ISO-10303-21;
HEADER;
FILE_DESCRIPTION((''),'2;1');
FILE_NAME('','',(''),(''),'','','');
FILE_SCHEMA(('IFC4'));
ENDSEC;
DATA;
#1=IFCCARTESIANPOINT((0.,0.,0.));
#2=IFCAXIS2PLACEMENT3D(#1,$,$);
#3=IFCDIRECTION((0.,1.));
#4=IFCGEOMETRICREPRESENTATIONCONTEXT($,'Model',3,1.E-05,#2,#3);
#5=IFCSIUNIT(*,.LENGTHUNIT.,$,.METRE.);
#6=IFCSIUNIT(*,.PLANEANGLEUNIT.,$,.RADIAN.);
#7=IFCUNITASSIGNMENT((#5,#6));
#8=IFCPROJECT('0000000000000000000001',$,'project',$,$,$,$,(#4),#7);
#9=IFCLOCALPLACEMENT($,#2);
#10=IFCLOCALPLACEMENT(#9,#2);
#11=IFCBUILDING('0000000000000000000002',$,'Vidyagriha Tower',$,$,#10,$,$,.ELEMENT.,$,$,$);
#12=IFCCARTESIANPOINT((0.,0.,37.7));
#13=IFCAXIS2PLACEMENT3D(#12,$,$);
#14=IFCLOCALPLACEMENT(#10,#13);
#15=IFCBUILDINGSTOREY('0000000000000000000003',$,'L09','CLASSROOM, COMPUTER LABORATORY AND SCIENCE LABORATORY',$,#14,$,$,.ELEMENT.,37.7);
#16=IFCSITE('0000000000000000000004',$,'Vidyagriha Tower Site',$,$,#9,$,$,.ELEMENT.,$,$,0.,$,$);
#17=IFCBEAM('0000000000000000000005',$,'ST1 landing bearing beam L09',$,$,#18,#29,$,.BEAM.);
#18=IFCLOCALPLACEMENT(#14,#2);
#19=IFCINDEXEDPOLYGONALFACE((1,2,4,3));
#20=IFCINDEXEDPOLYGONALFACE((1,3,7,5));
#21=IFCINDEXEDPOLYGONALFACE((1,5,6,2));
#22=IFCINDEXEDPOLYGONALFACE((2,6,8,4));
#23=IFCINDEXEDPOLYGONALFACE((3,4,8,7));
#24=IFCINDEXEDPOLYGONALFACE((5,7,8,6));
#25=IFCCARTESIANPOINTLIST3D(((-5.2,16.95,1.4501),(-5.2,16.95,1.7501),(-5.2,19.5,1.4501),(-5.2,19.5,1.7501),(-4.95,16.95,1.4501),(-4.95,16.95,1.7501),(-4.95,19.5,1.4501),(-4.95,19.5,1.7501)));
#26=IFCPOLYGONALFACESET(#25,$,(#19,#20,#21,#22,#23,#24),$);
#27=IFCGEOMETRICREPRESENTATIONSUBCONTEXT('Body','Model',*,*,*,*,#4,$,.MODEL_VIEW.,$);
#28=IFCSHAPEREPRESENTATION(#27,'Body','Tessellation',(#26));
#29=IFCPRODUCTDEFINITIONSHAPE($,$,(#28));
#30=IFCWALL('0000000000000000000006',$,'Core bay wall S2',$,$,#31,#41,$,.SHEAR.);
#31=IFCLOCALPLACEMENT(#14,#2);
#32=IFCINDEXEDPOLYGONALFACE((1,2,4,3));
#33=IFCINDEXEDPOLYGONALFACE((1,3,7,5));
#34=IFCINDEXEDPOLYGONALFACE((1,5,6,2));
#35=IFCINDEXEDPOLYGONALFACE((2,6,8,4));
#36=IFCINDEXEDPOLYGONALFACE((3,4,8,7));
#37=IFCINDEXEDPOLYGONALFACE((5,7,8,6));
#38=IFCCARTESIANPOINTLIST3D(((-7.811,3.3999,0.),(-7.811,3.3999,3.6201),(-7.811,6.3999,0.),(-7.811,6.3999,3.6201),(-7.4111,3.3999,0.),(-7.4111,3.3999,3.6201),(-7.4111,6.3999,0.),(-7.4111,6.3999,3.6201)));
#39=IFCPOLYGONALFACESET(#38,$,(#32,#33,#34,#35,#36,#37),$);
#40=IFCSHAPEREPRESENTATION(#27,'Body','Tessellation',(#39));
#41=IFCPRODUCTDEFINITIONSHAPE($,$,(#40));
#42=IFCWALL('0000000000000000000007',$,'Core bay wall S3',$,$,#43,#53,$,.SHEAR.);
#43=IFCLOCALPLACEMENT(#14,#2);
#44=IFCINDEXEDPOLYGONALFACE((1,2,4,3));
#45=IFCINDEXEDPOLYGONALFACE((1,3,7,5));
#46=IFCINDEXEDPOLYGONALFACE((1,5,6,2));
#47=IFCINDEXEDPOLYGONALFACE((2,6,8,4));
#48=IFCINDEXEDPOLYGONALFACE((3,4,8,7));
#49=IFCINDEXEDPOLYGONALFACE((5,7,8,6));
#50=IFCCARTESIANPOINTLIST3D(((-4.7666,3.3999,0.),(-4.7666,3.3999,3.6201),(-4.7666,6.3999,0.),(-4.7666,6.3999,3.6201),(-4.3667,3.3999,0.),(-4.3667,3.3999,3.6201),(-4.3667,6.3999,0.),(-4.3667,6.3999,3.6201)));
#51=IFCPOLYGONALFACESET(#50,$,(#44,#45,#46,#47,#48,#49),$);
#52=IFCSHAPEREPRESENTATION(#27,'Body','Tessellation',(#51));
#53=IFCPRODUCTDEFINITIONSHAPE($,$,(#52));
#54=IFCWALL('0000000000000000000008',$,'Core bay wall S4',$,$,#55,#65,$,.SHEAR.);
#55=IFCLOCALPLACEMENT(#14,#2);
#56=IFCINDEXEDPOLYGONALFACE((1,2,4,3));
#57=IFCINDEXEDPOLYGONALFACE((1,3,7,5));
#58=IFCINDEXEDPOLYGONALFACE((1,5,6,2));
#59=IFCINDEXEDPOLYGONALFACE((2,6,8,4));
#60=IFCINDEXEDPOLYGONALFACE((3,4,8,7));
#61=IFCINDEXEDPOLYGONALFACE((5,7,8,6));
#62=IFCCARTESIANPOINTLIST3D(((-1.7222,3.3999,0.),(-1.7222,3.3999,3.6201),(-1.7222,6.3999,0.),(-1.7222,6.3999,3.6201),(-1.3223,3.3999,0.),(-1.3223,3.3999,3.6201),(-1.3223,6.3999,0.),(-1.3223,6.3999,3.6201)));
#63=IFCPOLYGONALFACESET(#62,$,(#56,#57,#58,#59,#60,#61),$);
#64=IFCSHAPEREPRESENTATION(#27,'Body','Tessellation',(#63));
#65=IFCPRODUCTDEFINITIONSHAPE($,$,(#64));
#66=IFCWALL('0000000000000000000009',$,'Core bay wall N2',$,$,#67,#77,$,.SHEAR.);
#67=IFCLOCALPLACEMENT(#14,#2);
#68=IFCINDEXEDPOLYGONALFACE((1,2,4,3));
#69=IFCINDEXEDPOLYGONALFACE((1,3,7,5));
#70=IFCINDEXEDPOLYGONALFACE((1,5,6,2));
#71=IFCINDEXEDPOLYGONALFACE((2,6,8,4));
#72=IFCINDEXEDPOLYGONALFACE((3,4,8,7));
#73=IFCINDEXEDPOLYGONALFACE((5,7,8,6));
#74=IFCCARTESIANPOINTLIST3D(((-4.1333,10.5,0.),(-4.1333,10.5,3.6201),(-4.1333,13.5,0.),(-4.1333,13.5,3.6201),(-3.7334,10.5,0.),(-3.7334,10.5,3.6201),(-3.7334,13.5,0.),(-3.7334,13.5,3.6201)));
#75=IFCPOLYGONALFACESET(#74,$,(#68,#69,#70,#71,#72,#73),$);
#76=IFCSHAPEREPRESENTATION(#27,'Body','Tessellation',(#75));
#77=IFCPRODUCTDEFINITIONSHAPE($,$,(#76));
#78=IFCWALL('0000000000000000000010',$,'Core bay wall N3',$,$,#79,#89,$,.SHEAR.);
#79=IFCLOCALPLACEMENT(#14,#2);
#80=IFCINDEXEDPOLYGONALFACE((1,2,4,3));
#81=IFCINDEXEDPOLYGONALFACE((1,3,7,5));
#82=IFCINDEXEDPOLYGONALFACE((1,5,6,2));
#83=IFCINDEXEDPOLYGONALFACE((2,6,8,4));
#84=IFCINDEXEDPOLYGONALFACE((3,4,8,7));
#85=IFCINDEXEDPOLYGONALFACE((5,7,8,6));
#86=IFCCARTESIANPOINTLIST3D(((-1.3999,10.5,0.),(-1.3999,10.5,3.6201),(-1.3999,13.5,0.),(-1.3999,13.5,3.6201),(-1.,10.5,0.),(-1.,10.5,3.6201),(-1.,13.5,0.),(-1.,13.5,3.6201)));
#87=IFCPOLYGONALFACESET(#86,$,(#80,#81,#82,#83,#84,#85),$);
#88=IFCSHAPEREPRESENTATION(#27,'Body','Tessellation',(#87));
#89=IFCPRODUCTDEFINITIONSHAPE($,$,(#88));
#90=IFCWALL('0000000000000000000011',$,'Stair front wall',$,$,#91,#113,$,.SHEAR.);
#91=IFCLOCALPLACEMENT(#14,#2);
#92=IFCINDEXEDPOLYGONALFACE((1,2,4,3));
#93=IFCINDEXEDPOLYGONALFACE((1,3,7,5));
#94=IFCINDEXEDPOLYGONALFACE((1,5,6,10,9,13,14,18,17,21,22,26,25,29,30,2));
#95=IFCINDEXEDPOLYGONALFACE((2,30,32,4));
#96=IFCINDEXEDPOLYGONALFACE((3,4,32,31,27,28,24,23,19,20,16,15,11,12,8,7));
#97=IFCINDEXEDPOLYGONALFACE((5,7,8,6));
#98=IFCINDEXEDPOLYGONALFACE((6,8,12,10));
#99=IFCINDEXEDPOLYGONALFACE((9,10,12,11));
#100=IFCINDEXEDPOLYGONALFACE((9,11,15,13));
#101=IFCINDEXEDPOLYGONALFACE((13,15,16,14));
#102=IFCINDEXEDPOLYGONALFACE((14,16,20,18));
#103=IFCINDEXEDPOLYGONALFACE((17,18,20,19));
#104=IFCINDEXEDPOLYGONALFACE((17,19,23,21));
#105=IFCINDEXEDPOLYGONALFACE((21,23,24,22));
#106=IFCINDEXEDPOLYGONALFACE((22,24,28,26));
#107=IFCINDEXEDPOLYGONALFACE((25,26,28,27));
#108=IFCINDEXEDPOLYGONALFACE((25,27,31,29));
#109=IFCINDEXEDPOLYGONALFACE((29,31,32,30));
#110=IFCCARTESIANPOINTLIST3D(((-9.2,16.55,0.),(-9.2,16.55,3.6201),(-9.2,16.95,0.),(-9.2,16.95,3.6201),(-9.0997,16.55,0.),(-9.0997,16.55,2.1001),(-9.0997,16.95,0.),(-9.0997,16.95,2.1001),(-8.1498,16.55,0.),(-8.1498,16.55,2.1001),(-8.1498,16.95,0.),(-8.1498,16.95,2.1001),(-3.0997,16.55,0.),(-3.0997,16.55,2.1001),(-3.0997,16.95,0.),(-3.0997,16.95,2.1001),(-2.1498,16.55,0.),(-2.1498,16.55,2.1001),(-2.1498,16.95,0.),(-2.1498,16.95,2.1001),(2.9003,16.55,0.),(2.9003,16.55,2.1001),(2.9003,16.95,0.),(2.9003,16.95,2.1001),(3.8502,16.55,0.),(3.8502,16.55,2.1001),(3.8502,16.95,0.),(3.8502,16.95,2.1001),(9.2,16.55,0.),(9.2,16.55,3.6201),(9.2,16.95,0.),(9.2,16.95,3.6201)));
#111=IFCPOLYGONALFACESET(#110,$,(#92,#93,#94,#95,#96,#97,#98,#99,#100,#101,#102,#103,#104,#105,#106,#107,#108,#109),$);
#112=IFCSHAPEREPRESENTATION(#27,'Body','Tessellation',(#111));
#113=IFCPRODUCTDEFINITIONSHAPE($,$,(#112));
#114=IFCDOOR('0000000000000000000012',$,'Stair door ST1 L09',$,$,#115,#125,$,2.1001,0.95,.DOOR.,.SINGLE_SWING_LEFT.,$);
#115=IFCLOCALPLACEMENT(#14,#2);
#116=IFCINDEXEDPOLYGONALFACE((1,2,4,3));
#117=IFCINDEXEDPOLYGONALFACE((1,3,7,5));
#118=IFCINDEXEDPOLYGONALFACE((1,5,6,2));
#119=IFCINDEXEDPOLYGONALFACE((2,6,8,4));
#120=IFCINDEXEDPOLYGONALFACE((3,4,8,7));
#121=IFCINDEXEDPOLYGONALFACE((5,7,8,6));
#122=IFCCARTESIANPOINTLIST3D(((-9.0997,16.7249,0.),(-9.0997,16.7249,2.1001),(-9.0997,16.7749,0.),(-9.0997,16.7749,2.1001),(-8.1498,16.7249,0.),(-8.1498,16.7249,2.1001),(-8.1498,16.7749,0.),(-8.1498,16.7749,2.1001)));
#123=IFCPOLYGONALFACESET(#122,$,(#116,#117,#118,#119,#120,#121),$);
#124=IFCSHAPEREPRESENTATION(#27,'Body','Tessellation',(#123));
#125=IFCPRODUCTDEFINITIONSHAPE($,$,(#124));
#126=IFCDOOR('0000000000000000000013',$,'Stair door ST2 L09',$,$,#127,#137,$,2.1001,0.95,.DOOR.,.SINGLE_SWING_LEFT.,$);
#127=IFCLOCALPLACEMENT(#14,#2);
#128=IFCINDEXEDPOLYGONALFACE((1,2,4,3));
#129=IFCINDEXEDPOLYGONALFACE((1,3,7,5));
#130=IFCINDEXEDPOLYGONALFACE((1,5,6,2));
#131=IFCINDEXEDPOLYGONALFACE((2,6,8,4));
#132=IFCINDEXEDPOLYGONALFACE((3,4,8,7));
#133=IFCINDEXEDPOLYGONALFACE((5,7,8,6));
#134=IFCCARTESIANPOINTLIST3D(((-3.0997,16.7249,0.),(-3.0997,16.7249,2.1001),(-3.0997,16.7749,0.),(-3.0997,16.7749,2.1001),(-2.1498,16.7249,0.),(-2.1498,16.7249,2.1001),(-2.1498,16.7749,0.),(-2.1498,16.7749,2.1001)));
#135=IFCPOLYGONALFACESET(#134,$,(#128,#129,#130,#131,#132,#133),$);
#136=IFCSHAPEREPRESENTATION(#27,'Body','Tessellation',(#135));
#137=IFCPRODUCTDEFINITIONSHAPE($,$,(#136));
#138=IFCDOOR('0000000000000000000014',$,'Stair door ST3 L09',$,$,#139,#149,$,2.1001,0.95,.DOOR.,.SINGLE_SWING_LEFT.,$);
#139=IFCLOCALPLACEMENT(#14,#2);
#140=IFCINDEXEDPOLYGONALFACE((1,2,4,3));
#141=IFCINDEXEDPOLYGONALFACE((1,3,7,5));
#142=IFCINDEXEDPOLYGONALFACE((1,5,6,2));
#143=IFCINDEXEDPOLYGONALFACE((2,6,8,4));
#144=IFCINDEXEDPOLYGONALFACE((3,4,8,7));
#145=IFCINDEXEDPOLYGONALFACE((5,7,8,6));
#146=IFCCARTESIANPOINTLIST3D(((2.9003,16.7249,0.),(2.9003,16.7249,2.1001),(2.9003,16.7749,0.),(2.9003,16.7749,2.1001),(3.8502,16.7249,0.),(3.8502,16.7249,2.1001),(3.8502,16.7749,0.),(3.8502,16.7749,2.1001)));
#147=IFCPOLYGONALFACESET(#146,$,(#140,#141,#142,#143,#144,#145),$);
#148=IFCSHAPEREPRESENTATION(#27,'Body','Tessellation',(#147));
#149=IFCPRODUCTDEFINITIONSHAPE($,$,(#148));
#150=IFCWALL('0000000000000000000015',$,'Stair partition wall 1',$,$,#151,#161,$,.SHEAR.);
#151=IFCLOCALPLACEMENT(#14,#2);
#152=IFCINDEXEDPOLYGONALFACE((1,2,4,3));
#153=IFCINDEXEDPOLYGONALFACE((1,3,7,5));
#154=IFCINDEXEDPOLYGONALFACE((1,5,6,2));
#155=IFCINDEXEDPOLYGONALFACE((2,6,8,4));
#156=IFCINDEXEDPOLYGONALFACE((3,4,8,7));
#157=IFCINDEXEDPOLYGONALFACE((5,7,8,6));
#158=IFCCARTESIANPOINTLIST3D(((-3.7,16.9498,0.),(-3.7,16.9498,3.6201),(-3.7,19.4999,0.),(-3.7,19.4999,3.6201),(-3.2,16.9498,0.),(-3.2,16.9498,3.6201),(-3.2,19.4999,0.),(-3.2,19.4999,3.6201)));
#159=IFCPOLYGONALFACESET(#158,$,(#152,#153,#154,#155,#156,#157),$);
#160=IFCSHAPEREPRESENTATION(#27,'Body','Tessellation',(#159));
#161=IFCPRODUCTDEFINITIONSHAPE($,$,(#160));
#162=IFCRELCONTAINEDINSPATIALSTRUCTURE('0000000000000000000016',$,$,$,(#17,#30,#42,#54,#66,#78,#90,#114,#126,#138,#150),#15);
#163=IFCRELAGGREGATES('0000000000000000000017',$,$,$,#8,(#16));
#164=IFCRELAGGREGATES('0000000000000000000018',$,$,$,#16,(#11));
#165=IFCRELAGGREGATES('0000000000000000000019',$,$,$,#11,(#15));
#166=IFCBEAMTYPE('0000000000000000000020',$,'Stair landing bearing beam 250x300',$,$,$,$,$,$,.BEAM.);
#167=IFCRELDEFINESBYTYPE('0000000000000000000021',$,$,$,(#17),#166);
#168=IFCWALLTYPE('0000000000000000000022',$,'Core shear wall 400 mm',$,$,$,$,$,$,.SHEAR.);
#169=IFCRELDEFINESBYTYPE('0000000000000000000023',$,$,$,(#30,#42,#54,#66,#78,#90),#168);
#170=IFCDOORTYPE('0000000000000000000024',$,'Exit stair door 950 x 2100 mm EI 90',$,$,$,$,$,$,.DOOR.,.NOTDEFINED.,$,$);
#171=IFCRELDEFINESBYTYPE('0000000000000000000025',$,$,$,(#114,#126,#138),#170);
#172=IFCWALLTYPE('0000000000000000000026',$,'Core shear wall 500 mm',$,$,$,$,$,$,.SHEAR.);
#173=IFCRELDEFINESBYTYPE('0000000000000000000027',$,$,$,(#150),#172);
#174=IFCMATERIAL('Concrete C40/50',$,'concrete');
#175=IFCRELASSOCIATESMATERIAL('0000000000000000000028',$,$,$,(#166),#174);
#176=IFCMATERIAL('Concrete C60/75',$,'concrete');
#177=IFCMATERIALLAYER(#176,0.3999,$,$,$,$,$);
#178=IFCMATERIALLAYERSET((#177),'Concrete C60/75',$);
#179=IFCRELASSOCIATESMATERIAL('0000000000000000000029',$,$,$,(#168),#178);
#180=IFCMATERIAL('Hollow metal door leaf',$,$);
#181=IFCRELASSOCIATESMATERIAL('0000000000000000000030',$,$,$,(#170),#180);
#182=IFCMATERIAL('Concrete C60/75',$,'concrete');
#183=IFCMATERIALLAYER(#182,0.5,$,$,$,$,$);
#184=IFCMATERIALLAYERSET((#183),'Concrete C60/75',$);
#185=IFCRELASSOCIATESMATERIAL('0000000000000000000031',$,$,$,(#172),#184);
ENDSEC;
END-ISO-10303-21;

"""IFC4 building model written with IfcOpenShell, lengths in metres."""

from ifc_helpers import new_model, si_unit, direction, frame, frame_2d, origin, origin_2d, place, context, subcontext, project, spatial, rectangle, extrude, material, layer, layer_set, material_profile, profile_set, type_object, element, fill, save


model = new_model("IFC4")

# Units and contexts
model_context = context("Model", 3, precision=1e-05, world=origin(), true_north=direction((0.0, 1.0)))
body_context = subcontext(model_context, "Body", "Model", "MODEL_VIEW")
ifc_project = project(units=[si_unit("LENGTHUNIT", "METRE"), si_unit("PLANEANGLEUNIT", "RADIAN")], contexts=[model_context])

# Site, building, storey
site_placement = place(None, origin())
site = spatial("IfcSite", under=ifc_project, at=site_placement, Name="Vidyagriha Tower Site", CompositionType="ELEMENT", RefElevation=0.0)
building_placement = place(site_placement, origin())
building = spatial("IfcBuilding", under=site, at=building_placement, Name="Vidyagriha Tower", CompositionType="ELEMENT")
storey_placement = place(building_placement, frame((0.0, 0.0, 37.7)))
storey = spatial("IfcBuildingStorey", under=building, at=storey_placement, Name="L09", Description="CLASSROOM, COMPUTER LABORATORY AND SCIENCE LABORATORY", CompositionType="ELEMENT", Elevation=37.7)

# Beam
ifc_material_1 = material(Name="Concrete C40/50", Category="concrete")
ifc_material_profile = material_profile(ifc_material_1, rectangle(XDim=0.25, YDim=0.3, at=origin_2d()), Name="Stair landing bearing beam 250x300")
ifc_profile_set = profile_set([ifc_material_profile], Name="Concrete C40/50")
beam_type = type_object("IfcBeamType", Name="Stair landing bearing beam 250x300", PredefinedType="BEAM", material=ifc_profile_set)
beam_placement = place(storey_placement, frame((-5.075, 16.95, 1.6001), z_axis=(0.0, 1.0, 0.0), x_axis=(-1.0, 0.0, 0.0)))
element("IfcBeam", 1, at=beam_placement, inside=storey, type_object=beam_type, Name="ST1 landing bearing beam L09", PredefinedType="BEAM", context=body_context, shape_type="SweptSolid", body=[
    extrude(rectangle(XDim=0.25, YDim=0.3, at=origin_2d()), origin(), (0.0, 0.0, 1.0), 2.55),
])

# Walls
ifc_material_2 = material(Name="Concrete C60/75", Category="concrete")
ifc_layer_1 = layer(ifc_material_2, 0.3999)
ifc_layer_set_1 = layer_set([ifc_layer_1], Name="Concrete C60/75")
wall_type_1 = type_object("IfcWallType", Name="Core shear wall 400 mm", PredefinedType="SHEAR", material=ifc_layer_set_1)
for number, where, z_axis, x_axis, name in (
    (2, (-7.6111, 3.3999, 0.0), (0.0, 0.0, 1.0), (0.0, 1.0, 0.0), "Core bay wall S2"),
    (3, (-4.5667, 3.3999, 0.0), (0.0, 0.0, 1.0), (0.0, 1.0, 0.0), "Core bay wall S3"),
    (4, (-1.5222, 3.3999, 0.0), (0.0, 0.0, 1.0), (0.0, 1.0, 0.0), "Core bay wall S4"),
    (5, (-3.9333, 10.5, 0.0), (0.0, 0.0, 1.0), (0.0, 1.0, 0.0), "Core bay wall N2"),
    (6, (-1.2, 10.5, 0.0), (0.0, 0.0, 1.0), (0.0, 1.0, 0.0), "Core bay wall N3"),
):
    element("IfcWall", number, at=place(storey_placement, frame(where, z_axis=z_axis, x_axis=x_axis)), inside=storey, type_object=wall_type_1, Name=name, PredefinedType="SHEAR", context=body_context, shape_type="SweptSolid", body=[
        extrude(rectangle(XDim=3.0, YDim=0.3999, at=frame_2d((1.5, 0.0))), origin(), (0.0, 0.0, 1.0), 3.6201),
    ])

# Wall, openings, doors
wall_1_placement = place(storey_placement, frame((-9.2, 16.75, 0.0)))
wall_1 = element("IfcWall", 7, at=wall_1_placement, inside=storey, type_object=wall_type_1, Name="Stair front wall", PredefinedType="SHEAR", context=body_context, shape_type="SweptSolid", body=[
    extrude(rectangle(XDim=18.3999, YDim=0.3999, at=frame_2d((9.2, 0.0))), origin(), (0.0, 0.0, 1.0), 3.6201),
])
opening_1_placement = place(wall_1_placement, frame((0.1001, 0.0, 0.0)))
opening_1 = element("IfcOpeningElement", 8, at=opening_1_placement, cuts=wall_1, PredefinedType="OPENING", context=body_context, shape_type="SweptSolid", body=[
    extrude(rectangle(XDim=0.95, YDim=2.1001, at=frame_2d((0.4751, 1.05))), frame((0.0, 0.21, 0.0), z_axis=(0.0, -1.0, 0.0), x_axis=(1.0, 0.0, 0.0)), (0.0, 0.0, 1.0), 0.4199),
])
opening_2_placement = place(wall_1_placement, frame((6.1001, 0.0, 0.0)))
opening_2 = element("IfcOpeningElement", 9, at=opening_2_placement, cuts=wall_1, PredefinedType="OPENING", context=body_context, shape_type="SweptSolid", body=[
    extrude(rectangle(XDim=0.95, YDim=2.1001, at=frame_2d((0.4751, 1.05))), frame((0.0, 0.21, 0.0), z_axis=(0.0, -1.0, 0.0), x_axis=(1.0, 0.0, 0.0)), (0.0, 0.0, 1.0), 0.4199),
])
opening_3_placement = place(wall_1_placement, frame((12.1001, 0.0, 0.0)))
opening_3 = element("IfcOpeningElement", 10, at=opening_3_placement, cuts=wall_1, PredefinedType="OPENING", context=body_context, shape_type="SweptSolid", body=[
    extrude(rectangle(XDim=0.95, YDim=2.1001, at=frame_2d((0.4751, 1.05))), frame((0.0, 0.21, 0.0), z_axis=(0.0, -1.0, 0.0), x_axis=(1.0, 0.0, 0.0)), (0.0, 0.0, 1.0), 0.4199),
])
ifc_material_3 = material(Name="Hollow metal door leaf")
door_type = type_object("IfcDoorType", Name="Exit stair door 950 x 2100 mm EI 90", OperationType="NOTDEFINED", PredefinedType="DOOR", material=ifc_material_3)
door_1_placement = place(opening_1_placement, origin())
door_1 = element("IfcDoor", 11, at=door_1_placement, inside=storey, type_object=door_type, Name="Stair door ST1 L09", OperationType="SINGLE_SWING_LEFT", OverallHeight=2.1001, OverallWidth=0.95, PredefinedType="DOOR", context=body_context, shape_type="SweptSolid", body=[
    extrude(rectangle(XDim=0.95, YDim=2.1001, at=frame_2d((0.4751, 1.05))), frame((0.0, 0.0249, 0.0), z_axis=(0.0, -1.0, 0.0), x_axis=(1.0, 0.0, 0.0)), (0.0, 0.0, 1.0), 0.05),
])
fill(opening_1, door_1)
door_2_placement = place(opening_2_placement, origin())
door_2 = element("IfcDoor", 12, at=door_2_placement, inside=storey, type_object=door_type, Name="Stair door ST2 L09", OperationType="SINGLE_SWING_LEFT", OverallHeight=2.1001, OverallWidth=0.95, PredefinedType="DOOR", context=body_context, shape_type="SweptSolid", body=[
    extrude(rectangle(XDim=0.95, YDim=2.1001, at=frame_2d((0.4751, 1.05))), frame((0.0, 0.0249, 0.0), z_axis=(0.0, -1.0, 0.0), x_axis=(1.0, 0.0, 0.0)), (0.0, 0.0, 1.0), 0.05),
])
fill(opening_2, door_2)
door_3_placement = place(opening_3_placement, origin())
door_3 = element("IfcDoor", 13, at=door_3_placement, inside=storey, type_object=door_type, Name="Stair door ST3 L09", OperationType="SINGLE_SWING_LEFT", OverallHeight=2.1001, OverallWidth=0.95, PredefinedType="DOOR", context=body_context, shape_type="SweptSolid", body=[
    extrude(rectangle(XDim=0.95, YDim=2.1001, at=frame_2d((0.4751, 1.05))), frame((0.0, 0.0249, 0.0), z_axis=(0.0, -1.0, 0.0), x_axis=(1.0, 0.0, 0.0)), (0.0, 0.0, 1.0), 0.05),
])
fill(opening_3, door_3)

# Wall
ifc_material_4 = material(Name="Concrete C60/75", Category="concrete")
ifc_layer_2 = layer(ifc_material_4, 0.5)
ifc_layer_set_2 = layer_set([ifc_layer_2], Name="Concrete C60/75")
wall_type_2 = type_object("IfcWallType", Name="Core shear wall 500 mm", PredefinedType="SHEAR", material=ifc_layer_set_2)
wall_2_placement = place(storey_placement, frame((-3.45, 16.95, 0.0), z_axis=(0.0, 0.0, 1.0), x_axis=(0.0, 1.0, 0.0)))
element("IfcWall", 14, at=wall_2_placement, inside=storey, type_object=wall_type_2, Name="Stair partition wall 1", PredefinedType="SHEAR", context=body_context, shape_type="SweptSolid", body=[
    extrude(rectangle(XDim=2.55, YDim=0.5, at=frame_2d((1.2749, 0.0))), origin(), (0.0, 0.0, 1.0), 3.6201),
])

save(model, "model.ifc")
